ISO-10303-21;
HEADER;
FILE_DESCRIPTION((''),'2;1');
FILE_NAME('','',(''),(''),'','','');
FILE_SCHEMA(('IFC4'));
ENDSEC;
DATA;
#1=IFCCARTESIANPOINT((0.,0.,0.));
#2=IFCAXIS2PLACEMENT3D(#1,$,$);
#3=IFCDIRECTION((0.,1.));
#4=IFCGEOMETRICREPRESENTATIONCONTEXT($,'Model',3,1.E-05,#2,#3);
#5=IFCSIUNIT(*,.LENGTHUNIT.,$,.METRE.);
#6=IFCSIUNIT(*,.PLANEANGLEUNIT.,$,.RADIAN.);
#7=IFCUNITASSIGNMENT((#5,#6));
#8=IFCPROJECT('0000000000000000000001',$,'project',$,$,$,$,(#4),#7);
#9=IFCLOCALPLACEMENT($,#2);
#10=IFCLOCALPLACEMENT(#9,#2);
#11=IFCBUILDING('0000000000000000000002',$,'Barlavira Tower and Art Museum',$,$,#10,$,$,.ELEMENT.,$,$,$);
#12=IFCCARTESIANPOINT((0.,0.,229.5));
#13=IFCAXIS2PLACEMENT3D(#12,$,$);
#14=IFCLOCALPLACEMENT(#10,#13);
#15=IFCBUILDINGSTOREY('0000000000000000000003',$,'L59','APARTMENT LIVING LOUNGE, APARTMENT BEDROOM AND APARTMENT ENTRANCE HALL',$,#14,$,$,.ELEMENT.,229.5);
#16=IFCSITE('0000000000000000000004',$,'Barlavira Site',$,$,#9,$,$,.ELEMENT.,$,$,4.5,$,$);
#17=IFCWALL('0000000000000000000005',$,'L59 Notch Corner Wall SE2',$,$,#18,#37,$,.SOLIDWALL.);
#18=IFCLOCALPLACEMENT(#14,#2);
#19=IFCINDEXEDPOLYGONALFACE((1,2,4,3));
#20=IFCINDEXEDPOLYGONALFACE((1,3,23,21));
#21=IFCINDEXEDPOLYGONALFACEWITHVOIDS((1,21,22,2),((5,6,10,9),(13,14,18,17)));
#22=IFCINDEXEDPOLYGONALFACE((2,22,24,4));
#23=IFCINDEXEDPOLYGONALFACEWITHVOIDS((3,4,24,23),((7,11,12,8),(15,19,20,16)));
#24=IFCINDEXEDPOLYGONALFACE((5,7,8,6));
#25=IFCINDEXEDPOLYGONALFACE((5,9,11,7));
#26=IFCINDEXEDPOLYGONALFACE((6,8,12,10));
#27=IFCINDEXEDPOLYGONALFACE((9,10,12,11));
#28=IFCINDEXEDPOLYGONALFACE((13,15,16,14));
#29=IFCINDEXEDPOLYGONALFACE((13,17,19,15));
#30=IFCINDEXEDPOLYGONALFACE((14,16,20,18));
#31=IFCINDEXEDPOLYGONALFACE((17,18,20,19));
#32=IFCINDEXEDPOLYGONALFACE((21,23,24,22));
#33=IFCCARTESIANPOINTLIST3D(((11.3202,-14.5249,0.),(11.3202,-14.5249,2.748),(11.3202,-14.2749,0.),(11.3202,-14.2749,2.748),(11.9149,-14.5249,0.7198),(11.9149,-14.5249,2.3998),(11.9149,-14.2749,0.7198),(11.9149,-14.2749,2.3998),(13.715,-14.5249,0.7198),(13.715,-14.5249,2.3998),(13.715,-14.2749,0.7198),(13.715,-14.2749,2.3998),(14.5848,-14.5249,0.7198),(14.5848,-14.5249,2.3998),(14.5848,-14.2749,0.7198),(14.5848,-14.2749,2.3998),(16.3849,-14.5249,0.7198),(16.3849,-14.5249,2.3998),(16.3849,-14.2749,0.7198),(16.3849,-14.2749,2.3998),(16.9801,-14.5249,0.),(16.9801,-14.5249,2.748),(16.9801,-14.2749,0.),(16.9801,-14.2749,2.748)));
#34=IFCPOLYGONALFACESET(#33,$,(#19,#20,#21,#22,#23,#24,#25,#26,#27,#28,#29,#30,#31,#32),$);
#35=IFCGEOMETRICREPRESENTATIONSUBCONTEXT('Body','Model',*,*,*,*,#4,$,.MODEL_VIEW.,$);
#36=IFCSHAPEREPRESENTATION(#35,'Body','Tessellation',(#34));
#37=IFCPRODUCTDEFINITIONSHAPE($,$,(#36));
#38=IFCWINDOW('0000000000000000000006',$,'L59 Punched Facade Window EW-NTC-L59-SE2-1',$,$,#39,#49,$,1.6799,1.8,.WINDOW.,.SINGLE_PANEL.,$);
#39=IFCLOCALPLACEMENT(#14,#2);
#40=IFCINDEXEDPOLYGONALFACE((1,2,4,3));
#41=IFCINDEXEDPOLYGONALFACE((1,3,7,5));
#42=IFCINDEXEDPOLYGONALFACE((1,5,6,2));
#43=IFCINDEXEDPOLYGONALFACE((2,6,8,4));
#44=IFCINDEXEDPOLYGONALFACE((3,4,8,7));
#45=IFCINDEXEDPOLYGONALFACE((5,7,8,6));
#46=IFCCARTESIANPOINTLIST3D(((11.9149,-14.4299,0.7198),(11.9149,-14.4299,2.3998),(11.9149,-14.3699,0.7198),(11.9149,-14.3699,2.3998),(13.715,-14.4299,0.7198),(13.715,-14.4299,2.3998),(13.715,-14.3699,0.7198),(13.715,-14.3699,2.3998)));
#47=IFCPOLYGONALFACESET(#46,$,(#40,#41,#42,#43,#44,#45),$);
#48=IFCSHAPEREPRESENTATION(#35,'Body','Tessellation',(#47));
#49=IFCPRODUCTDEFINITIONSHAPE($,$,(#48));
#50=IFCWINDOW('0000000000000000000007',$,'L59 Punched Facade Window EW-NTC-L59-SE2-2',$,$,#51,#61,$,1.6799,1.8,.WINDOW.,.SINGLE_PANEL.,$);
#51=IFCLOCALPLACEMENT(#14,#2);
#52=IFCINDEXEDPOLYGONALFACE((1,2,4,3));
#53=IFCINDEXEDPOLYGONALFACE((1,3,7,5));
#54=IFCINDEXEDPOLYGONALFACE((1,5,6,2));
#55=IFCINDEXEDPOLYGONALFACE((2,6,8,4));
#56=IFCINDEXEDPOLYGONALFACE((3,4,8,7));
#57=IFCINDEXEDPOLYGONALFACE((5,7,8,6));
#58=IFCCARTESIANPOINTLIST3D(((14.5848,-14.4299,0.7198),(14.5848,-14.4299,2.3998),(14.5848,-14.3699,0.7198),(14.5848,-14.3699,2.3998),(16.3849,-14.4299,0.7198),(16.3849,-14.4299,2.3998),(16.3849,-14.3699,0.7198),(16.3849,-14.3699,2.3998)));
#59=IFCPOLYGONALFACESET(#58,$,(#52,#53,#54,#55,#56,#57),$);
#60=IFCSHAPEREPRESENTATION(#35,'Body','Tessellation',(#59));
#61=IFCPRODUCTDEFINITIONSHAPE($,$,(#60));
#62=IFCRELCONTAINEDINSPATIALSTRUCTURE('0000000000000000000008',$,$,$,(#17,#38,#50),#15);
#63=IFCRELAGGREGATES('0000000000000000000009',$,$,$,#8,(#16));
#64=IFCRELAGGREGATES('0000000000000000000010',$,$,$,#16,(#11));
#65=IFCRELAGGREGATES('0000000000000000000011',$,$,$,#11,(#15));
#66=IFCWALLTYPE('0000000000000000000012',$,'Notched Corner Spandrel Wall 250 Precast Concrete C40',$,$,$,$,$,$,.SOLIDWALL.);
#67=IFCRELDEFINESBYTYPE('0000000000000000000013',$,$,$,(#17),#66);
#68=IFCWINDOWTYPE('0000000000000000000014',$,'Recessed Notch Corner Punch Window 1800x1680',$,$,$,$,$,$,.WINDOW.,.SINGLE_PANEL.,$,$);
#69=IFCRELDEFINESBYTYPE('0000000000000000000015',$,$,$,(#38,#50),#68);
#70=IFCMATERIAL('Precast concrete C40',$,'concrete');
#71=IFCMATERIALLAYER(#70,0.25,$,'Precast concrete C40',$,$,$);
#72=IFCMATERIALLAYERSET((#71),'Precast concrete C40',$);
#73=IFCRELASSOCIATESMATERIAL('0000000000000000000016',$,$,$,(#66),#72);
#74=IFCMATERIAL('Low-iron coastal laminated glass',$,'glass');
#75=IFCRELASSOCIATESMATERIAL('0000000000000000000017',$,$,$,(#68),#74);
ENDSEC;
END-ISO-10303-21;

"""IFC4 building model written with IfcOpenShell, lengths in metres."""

from ifc_helpers import new_model, si_unit, direction, frame, frame_2d, origin, place, context, subcontext, project, spatial, rectangle, extrude, material, layer, layer_set, type_object, element, fill, save


model = new_model("IFC4")

# Units and contexts
model_context = context("Model", 3, precision=1e-05, world=origin(), true_north=direction((0.0, 1.0)))
body_context = subcontext(model_context, "Body", "Model", "MODEL_VIEW")
ifc_project = project(units=[si_unit("LENGTHUNIT", "METRE"), si_unit("PLANEANGLEUNIT", "RADIAN")], contexts=[model_context])

# Site, building, storey
site_placement = place(None, origin())
site = spatial("IfcSite", under=ifc_project, at=site_placement, Name="Barlavira Site", CompositionType="ELEMENT", RefElevation=4.5)
building_placement = place(site_placement, origin())
building = spatial("IfcBuilding", under=site, at=building_placement, Name="Barlavira Tower and Art Museum", CompositionType="ELEMENT")
storey_placement = place(building_placement, frame((0.0, 0.0, 229.5)))
storey = spatial("IfcBuildingStorey", under=building, at=storey_placement, Name="L59", Description="APARTMENT LIVING LOUNGE, APARTMENT BEDROOM AND APARTMENT ENTRANCE HALL", CompositionType="ELEMENT", Elevation=229.5)

# Shared definitions
ifc_material_1 = material(Name="Precast concrete C40", Category="concrete")
ifc_layer_1 = layer(ifc_material_1, 0.25, Name="Precast concrete C40")
ifc_layer_set_1 = layer_set([ifc_layer_1], Name="Precast concrete C40")
wall_type_1 = type_object("IfcWallType", Name="Notched Corner Spandrel Wall 250 Precast Concrete C40", PredefinedType="SOLIDWALL", material=ifc_layer_set_1)
ifc_material_2 = material(Name="Low-iron coastal laminated glass", Category="glass")
window_type_1 = type_object("IfcWindowType", Name="Recessed Notch Corner Punch Window 1800x1680", PartitioningType="SINGLE_PANEL", PredefinedType="WINDOW", material=ifc_material_2)

# Wall, openings, windows
wall_1_placement = place(storey_placement, frame((11.3201, -14.3999, 0.0), z_axis=(0.0, 0.0, 1.0), x_axis=(1.0, 0.0, 0.0)))
wall_1 = element("IfcWall", 1, at=wall_1_placement, inside=storey, type_object=wall_type_1, Name="L59 Notch Corner Wall SE2", PredefinedType="SOLIDWALL", context=body_context, shape_type="SweptSolid", body=[
    extrude(rectangle(XDim=5.6599, YDim=0.25, at=frame_2d((2.8301, 0.0))), origin(), (0.0, 0.0, 1.0), 2.748),
])
opening_1_placement = place(wall_1_placement, frame((0.595, 0.0, 0.72)))
opening_1 = element("IfcOpeningElement", 2, at=opening_1_placement, cuts=wall_1, PredefinedType="OPENING", context=body_context, shape_type="SweptSolid", body=[
    extrude(rectangle(XDim=1.8, YDim=1.6799, at=frame_2d((0.8999, 0.8398))), frame((0.0, 0.135, 0.0), z_axis=(0.0, -1.0, 0.0), x_axis=(1.0, 0.0, 0.0)), (0.0, 0.0, 1.0), 0.27),
])
opening_2_placement = place(wall_1_placement, frame((3.2649, 0.0, 0.72)))
opening_2 = element("IfcOpeningElement", 3, at=opening_2_placement, cuts=wall_1, PredefinedType="OPENING", context=body_context, shape_type="SweptSolid", body=[
    extrude(rectangle(XDim=1.8, YDim=1.6799, at=frame_2d((0.8999, 0.8398))), frame((0.0, 0.135, 0.0), z_axis=(0.0, -1.0, 0.0), x_axis=(1.0, 0.0, 0.0)), (0.0, 0.0, 1.0), 0.27),
])
window_1_placement = place(opening_1_placement, origin())
window_1 = element("IfcWindow", 4, at=window_1_placement, inside=storey, type_object=window_type_1, Name="L59 Punched Facade Window EW-NTC-L59-SE2-1", OverallHeight=1.6799, OverallWidth=1.8, PartitioningType="SINGLE_PANEL", PredefinedType="WINDOW", context=body_context, shape_type="SweptSolid", body=[
    extrude(rectangle(XDim=1.8, YDim=1.6799, at=frame_2d((0.8999, 0.8398))), frame((0.0, 0.03, 0.0), z_axis=(0.0, -1.0, 0.0), x_axis=(1.0, 0.0, 0.0)), (0.0, 0.0, 1.0), 0.0601),
])
fill(opening_1, window_1)
window_2_placement = place(opening_2_placement, origin())
window_2 = element("IfcWindow", 5, at=window_2_placement, inside=storey, type_object=window_type_1, Name="L59 Punched Facade Window EW-NTC-L59-SE2-2", OverallHeight=1.6799, OverallWidth=1.8, PartitioningType="SINGLE_PANEL", PredefinedType="WINDOW", context=body_context, shape_type="SweptSolid", body=[
    extrude(rectangle(XDim=1.8, YDim=1.6799, at=frame_2d((0.8999, 0.8398))), frame((0.0, 0.03, 0.0), z_axis=(0.0, -1.0, 0.0), x_axis=(1.0, 0.0, 0.0)), (0.0, 0.0, 1.0), 0.0601),
])
fill(opening_2, window_2)

save(model, "model.ifc")
